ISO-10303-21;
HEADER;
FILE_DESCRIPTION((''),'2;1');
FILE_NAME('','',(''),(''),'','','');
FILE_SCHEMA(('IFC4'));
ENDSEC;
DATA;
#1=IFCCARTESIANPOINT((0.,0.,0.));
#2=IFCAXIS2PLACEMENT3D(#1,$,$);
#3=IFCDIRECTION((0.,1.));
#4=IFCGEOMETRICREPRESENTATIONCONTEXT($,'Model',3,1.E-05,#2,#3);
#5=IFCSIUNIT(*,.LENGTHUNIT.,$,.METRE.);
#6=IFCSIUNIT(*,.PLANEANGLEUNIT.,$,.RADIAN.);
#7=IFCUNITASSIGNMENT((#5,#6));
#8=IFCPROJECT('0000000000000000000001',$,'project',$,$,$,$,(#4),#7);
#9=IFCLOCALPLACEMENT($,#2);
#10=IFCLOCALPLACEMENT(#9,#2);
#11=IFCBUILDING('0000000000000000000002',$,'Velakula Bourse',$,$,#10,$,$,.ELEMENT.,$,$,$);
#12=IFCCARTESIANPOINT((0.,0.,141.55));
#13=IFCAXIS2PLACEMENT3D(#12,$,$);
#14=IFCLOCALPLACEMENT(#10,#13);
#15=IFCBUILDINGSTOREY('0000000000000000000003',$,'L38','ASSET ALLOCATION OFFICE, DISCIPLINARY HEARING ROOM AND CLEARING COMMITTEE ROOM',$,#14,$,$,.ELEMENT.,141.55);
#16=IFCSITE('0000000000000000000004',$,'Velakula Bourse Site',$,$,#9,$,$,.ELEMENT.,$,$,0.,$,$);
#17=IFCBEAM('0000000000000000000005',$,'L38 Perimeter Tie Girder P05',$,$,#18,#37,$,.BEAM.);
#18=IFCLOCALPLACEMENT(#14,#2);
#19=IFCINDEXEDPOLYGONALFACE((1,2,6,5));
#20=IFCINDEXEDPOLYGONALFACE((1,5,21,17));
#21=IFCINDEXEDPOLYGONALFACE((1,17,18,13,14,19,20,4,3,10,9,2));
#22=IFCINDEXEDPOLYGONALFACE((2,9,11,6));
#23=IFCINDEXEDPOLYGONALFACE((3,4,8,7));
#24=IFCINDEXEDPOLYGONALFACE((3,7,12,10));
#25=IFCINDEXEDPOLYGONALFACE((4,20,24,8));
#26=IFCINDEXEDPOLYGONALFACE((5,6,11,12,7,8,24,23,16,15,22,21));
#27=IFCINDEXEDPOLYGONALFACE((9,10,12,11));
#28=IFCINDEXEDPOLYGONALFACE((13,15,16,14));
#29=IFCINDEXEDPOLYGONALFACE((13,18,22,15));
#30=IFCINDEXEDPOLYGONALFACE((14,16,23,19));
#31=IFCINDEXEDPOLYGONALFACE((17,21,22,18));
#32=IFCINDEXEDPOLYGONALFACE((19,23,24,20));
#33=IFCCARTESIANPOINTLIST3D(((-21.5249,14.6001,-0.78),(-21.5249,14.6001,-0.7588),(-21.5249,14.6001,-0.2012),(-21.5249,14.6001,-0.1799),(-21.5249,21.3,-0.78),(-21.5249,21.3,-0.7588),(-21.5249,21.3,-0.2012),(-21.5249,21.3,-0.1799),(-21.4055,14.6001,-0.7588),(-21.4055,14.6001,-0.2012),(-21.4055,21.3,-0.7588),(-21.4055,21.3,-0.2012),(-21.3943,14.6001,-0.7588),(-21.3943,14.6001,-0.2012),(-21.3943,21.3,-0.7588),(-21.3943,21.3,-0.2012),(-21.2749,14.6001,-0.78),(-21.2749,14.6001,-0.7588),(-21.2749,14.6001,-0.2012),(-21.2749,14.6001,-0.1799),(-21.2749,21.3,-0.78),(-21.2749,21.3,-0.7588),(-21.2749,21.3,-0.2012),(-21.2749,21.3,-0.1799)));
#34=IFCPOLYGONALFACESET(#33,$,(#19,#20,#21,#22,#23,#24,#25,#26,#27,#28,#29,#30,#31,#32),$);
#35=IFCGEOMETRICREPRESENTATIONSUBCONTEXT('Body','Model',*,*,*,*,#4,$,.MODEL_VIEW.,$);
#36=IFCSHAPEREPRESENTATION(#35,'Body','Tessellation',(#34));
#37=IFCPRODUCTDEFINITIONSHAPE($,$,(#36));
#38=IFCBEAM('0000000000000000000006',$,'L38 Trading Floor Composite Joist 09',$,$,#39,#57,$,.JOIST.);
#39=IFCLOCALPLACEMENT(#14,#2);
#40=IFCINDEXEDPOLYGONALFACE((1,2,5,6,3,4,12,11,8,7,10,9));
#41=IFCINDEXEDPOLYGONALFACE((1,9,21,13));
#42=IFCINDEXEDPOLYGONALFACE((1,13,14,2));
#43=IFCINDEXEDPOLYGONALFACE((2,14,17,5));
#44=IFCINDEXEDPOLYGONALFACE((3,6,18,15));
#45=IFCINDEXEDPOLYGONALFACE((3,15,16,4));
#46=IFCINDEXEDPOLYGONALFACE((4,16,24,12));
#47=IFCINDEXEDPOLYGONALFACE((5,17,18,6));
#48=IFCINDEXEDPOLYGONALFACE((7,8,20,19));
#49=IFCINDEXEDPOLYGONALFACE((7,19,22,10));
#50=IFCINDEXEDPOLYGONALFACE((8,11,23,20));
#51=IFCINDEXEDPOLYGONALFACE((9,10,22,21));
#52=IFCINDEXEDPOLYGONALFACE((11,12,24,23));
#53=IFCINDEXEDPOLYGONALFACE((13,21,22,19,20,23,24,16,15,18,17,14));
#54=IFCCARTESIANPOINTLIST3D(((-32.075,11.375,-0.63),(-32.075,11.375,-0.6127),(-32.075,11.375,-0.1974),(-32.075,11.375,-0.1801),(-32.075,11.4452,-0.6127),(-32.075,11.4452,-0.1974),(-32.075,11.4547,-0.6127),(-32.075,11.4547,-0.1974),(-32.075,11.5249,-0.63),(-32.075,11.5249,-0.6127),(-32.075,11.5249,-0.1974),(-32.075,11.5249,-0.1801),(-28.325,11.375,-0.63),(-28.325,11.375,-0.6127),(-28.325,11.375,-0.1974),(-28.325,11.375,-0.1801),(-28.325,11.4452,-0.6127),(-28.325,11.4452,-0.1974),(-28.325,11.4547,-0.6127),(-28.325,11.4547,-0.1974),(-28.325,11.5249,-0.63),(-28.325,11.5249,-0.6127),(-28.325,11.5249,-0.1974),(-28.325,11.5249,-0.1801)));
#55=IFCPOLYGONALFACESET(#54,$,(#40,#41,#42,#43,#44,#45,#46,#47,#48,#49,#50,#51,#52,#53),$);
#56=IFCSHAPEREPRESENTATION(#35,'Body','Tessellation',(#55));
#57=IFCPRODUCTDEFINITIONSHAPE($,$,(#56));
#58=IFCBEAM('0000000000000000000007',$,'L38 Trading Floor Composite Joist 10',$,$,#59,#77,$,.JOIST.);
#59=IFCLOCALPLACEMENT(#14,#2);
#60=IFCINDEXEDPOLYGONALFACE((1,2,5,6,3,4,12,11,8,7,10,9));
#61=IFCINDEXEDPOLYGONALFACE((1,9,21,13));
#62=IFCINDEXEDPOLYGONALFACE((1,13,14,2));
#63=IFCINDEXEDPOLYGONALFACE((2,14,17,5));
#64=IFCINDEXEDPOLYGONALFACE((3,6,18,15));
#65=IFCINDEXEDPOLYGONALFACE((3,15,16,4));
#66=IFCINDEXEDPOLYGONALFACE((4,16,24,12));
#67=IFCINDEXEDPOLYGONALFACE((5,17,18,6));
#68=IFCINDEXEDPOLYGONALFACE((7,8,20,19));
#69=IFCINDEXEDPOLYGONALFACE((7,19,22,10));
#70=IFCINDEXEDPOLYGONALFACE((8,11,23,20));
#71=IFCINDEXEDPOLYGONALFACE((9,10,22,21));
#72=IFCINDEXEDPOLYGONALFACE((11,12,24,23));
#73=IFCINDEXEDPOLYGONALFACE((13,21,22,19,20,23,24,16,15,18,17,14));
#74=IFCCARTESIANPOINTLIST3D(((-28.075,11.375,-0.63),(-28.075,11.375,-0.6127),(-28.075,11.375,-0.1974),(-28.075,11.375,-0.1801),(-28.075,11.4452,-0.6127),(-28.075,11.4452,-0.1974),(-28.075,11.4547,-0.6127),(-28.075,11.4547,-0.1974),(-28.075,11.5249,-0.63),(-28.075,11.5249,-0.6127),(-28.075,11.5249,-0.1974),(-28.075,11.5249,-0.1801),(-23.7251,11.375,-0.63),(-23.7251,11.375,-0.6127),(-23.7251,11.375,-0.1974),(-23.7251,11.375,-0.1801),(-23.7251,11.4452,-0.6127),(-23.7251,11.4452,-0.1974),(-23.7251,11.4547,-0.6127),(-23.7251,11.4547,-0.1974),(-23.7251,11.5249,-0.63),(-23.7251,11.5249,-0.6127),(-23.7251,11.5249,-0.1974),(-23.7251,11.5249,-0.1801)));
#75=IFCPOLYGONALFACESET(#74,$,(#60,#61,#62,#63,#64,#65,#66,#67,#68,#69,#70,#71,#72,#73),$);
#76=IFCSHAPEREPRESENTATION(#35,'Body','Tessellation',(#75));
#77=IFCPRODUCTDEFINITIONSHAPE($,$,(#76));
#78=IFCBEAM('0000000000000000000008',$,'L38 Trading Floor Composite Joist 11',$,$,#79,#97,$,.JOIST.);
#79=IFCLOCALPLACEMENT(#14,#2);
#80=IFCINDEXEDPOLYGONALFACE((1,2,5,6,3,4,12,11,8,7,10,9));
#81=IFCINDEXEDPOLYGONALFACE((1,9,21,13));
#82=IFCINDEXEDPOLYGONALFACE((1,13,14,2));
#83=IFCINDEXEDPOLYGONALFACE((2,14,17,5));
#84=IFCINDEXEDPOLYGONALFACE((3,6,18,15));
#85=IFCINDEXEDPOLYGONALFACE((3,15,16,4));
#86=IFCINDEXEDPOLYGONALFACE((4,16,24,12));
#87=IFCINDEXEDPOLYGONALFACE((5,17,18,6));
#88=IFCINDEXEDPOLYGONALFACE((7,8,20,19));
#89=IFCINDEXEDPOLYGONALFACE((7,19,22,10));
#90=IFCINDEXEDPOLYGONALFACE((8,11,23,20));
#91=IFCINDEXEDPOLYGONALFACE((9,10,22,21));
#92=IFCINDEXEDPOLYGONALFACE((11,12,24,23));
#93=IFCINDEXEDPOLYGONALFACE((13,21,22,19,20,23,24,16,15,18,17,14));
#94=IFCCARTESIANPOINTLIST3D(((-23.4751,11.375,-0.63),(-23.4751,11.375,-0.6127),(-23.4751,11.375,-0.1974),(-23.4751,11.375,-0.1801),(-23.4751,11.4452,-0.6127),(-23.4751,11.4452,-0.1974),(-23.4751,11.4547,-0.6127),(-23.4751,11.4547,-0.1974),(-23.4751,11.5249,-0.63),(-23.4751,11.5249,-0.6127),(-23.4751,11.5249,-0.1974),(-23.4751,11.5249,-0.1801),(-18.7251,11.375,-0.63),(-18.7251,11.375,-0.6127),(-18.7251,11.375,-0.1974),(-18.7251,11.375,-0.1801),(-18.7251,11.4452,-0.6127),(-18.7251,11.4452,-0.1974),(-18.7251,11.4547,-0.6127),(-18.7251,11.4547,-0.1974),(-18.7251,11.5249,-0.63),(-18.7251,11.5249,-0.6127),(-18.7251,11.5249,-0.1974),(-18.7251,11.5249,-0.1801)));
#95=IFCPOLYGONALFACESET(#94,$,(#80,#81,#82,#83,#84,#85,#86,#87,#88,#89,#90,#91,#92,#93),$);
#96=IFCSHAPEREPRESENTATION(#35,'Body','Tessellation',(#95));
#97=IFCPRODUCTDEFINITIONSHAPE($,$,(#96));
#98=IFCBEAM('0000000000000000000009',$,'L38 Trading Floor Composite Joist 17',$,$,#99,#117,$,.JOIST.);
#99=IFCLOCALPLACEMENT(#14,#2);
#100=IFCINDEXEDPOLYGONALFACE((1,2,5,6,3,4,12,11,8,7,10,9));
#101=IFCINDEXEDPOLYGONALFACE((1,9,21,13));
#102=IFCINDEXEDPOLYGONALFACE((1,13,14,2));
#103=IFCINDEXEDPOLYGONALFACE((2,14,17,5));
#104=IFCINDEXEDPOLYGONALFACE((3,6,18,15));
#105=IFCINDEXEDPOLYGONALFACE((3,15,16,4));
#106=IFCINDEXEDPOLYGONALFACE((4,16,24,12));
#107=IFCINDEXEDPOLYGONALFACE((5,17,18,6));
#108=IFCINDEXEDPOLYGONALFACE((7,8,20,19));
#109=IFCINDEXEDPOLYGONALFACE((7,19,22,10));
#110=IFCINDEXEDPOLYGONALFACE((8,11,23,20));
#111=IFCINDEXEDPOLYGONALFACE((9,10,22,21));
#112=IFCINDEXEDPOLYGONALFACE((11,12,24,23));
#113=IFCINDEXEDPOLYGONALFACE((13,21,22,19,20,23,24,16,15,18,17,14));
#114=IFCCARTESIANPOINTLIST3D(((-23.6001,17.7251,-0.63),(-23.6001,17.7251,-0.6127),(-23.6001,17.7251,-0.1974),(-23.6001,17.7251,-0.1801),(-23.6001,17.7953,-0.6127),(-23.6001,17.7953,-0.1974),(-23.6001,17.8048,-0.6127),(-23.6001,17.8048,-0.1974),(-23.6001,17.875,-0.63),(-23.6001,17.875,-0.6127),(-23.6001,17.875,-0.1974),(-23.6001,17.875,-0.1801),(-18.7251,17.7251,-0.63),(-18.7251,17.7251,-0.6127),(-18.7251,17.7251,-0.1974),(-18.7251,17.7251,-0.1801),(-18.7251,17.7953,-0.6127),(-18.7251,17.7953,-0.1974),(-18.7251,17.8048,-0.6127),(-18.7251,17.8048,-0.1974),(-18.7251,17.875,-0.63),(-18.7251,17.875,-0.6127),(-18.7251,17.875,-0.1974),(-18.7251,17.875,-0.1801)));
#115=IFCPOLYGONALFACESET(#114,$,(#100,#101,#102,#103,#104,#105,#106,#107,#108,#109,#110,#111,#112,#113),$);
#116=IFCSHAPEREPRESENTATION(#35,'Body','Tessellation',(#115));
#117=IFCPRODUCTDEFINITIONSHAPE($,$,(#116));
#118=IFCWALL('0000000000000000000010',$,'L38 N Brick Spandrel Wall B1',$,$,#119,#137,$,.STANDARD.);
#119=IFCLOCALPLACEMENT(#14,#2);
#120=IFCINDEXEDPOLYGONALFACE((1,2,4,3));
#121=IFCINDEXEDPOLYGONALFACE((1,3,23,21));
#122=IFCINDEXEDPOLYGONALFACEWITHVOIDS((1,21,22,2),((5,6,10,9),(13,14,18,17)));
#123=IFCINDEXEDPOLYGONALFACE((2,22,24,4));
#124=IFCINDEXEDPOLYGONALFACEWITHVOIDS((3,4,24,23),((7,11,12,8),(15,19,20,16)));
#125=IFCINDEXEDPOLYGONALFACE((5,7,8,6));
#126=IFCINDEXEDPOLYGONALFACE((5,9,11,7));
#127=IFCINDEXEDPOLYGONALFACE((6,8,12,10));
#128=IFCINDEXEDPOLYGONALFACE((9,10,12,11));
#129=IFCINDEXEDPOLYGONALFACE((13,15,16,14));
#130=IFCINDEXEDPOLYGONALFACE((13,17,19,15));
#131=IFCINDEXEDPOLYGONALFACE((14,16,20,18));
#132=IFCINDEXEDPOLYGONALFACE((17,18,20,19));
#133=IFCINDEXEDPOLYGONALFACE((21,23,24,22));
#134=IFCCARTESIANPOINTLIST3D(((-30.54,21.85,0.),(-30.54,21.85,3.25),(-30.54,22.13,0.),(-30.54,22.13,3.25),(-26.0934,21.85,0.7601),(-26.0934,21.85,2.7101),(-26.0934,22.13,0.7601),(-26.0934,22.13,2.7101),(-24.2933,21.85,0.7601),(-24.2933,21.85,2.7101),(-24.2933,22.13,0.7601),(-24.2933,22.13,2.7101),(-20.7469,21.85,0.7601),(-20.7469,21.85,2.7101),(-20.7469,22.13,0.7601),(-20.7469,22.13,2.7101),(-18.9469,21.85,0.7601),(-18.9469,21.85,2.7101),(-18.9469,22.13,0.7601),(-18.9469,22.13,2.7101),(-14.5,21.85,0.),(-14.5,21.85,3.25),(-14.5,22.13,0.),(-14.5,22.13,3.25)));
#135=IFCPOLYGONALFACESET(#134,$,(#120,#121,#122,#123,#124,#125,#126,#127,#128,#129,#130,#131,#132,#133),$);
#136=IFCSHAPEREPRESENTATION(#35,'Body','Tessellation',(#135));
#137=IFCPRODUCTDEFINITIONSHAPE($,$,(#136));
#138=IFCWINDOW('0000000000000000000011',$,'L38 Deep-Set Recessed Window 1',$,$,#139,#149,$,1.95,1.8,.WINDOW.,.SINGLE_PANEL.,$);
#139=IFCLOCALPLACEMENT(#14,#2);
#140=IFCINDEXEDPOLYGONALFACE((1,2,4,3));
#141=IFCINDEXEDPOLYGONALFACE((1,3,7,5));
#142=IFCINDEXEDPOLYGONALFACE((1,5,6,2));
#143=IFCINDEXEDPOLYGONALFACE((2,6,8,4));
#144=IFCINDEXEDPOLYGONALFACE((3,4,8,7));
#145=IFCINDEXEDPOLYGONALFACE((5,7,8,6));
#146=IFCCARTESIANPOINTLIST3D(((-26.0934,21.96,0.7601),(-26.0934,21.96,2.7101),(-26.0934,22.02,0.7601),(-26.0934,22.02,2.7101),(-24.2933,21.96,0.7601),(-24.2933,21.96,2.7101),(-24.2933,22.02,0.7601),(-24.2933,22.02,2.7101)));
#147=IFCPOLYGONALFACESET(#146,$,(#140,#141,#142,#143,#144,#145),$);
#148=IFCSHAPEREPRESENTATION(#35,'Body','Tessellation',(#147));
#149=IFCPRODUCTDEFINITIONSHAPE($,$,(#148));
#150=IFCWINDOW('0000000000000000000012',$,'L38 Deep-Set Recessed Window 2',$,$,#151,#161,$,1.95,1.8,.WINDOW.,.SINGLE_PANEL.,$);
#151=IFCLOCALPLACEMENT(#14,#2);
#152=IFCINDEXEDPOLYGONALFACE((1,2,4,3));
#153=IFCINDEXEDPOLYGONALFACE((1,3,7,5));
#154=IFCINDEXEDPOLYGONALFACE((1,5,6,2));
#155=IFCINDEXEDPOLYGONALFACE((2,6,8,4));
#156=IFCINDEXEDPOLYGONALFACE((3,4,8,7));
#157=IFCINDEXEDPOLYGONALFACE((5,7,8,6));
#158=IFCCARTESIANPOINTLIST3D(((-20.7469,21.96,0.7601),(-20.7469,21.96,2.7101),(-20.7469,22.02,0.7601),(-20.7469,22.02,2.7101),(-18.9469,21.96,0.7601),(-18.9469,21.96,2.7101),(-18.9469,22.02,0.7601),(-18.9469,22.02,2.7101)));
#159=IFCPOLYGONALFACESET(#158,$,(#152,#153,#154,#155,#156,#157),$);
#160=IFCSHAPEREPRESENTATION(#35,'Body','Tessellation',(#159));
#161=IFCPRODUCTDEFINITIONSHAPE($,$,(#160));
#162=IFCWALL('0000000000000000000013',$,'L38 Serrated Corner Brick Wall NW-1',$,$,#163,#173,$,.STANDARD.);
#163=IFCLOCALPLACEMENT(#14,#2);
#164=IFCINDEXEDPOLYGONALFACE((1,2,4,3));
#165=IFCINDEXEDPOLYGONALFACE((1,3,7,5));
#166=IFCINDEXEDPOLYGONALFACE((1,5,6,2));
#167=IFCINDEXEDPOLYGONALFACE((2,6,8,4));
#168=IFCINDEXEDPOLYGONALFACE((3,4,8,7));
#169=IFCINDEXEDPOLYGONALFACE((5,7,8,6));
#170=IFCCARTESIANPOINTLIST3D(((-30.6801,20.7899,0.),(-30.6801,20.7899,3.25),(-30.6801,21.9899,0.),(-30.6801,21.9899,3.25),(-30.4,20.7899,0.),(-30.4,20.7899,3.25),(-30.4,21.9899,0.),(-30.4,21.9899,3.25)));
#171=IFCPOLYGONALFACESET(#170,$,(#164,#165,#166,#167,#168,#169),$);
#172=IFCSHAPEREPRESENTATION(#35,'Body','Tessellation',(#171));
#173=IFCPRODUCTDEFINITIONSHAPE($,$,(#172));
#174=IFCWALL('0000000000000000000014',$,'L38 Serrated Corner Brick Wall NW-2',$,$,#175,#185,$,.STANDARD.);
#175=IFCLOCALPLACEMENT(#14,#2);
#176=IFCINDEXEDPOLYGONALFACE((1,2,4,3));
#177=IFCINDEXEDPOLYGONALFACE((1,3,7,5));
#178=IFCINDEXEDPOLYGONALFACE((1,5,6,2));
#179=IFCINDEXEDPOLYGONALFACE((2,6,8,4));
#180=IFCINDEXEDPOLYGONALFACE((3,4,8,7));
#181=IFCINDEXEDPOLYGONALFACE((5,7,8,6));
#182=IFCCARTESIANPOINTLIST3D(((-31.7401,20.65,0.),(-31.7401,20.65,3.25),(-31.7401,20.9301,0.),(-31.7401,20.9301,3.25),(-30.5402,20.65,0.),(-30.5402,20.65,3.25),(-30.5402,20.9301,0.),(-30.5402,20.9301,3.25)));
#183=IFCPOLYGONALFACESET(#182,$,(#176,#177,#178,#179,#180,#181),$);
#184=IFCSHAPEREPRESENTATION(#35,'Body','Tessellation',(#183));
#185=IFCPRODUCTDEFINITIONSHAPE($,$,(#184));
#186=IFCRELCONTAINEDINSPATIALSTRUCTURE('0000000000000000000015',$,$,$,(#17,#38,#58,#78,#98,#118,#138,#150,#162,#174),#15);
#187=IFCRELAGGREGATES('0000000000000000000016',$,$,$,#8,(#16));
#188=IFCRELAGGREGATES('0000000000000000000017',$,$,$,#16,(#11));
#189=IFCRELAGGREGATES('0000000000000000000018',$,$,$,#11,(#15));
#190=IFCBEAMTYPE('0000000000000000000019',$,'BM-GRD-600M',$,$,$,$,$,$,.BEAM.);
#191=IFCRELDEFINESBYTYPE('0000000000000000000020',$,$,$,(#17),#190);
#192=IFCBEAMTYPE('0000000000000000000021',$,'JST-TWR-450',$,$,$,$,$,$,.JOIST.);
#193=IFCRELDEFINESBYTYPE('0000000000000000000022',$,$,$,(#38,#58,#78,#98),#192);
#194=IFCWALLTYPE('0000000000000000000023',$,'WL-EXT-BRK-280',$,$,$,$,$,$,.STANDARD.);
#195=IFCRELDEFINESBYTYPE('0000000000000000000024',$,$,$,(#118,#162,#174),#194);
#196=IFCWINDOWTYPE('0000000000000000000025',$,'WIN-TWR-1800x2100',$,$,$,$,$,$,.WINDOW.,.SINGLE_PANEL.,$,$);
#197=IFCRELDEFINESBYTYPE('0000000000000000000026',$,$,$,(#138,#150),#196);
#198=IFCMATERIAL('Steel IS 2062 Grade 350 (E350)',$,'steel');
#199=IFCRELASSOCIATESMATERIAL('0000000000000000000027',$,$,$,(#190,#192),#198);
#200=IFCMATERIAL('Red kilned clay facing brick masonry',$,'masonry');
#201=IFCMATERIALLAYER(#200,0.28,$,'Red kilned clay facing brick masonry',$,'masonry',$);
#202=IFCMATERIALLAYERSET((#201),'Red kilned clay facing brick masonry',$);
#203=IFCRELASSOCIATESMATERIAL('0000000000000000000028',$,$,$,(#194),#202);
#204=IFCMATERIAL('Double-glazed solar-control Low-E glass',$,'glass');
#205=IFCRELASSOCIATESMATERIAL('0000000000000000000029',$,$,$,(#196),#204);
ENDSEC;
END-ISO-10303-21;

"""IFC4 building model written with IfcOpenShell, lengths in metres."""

from ifc_helpers import new_model, si_unit, direction, frame, frame_2d, origin, origin_2d, place, context, subcontext, project, spatial, rectangle, i_section, extrude, material, layer, layer_set, material_profile, profile_set, type_object, element, fill, save


model = new_model("IFC4")

# Units and contexts
model_context = context("Model", 3, precision=1e-05, world=origin(), true_north=direction((0.0, 1.0)))
body_context = subcontext(model_context, "Body", "Model", "MODEL_VIEW")
ifc_project = project(units=[si_unit("LENGTHUNIT", "METRE"), si_unit("PLANEANGLEUNIT", "RADIAN")], contexts=[model_context])

# Site, building, storey
site_placement = place(None, origin())
site = spatial("IfcSite", under=ifc_project, at=site_placement, Name="Velakula Bourse Site", CompositionType="ELEMENT", RefElevation=0.0)
building_placement = place(site_placement, origin())
building = spatial("IfcBuilding", under=site, at=building_placement, Name="Velakula Bourse", CompositionType="ELEMENT")
storey_placement = place(building_placement, frame((0.0, 0.0, 141.55)))
storey = spatial("IfcBuildingStorey", under=building, at=storey_placement, Name="L38", Description="ASSET ALLOCATION OFFICE, DISCIPLINARY HEARING ROOM AND CLEARING COMMITTEE ROOM", CompositionType="ELEMENT", Elevation=141.55)

# Shared definitions
ifc_material_1 = material(Name="Steel IS 2062 Grade 350 (E350)", Category="steel")

# Beams
ifc_material_profile_1 = material_profile(ifc_material_1, i_section(OverallWidth=0.25, OverallDepth=0.6001, WebThickness=0.0112, FlangeThickness=0.0212, at=origin_2d()), Name="Steel IS 2062 Grade 350 (E350)")
ifc_profile_set_1 = profile_set([ifc_material_profile_1], Name="Steel IS 2062 Grade 350 (E350)")
beam_type_1 = type_object("IfcBeamType", Name="BM-GRD-600M", PredefinedType="BEAM", material=ifc_profile_set_1)
beam_1_placement = place(storey_placement, frame((-21.3999, 14.6001, -0.48), z_axis=(0.0, 1.0, 0.0), x_axis=(-1.0, 0.0, 0.0)))
element("IfcBeam", 1, at=beam_1_placement, inside=storey, type_object=beam_type_1, Name="L38 Perimeter Tie Girder P05", PredefinedType="BEAM", context=body_context, shape_type="SweptSolid", body=[
    extrude(i_section(OverallWidth=0.25, OverallDepth=0.6001, WebThickness=0.0112, FlangeThickness=0.0212, at=origin_2d()), origin(), (0.0, 0.0, 1.0), 6.7),
])
ifc_material_profile_2 = material_profile(ifc_material_1, i_section(OverallWidth=0.1499, OverallDepth=0.45, WebThickness=0.0095, FlangeThickness=0.0173, at=origin_2d()), Name="Steel IS 2062 Grade 350 (E350)")
ifc_profile_set_2 = profile_set([ifc_material_profile_2], Name="Steel IS 2062 Grade 350 (E350)")
beam_type_2 = type_object("IfcBeamType", Name="JST-TWR-450", PredefinedType="JOIST", material=ifc_profile_set_2)
beam_2_placement = place(storey_placement, frame((-32.075, 11.45, -0.405), z_axis=(1.0, 0.0, 0.0), x_axis=(0.0, 1.0, 0.0)))
element("IfcBeam", 2, at=beam_2_placement, inside=storey, type_object=beam_type_2, Name="L38 Trading Floor Composite Joist 09", PredefinedType="JOIST", context=body_context, shape_type="SweptSolid", body=[
    extrude(i_section(OverallWidth=0.1499, OverallDepth=0.45, WebThickness=0.0095, FlangeThickness=0.0173, at=origin_2d()), origin(), (0.0, 0.0, 1.0), 3.75),
])
beam_3_placement = place(storey_placement, frame((-28.075, 11.45, -0.405), z_axis=(1.0, 0.0, 0.0), x_axis=(0.0, 1.0, 0.0)))
element("IfcBeam", 3, at=beam_3_placement, inside=storey, type_object=beam_type_2, Name="L38 Trading Floor Composite Joist 10", PredefinedType="JOIST", context=body_context, shape_type="SweptSolid", body=[
    extrude(i_section(OverallWidth=0.1499, OverallDepth=0.45, WebThickness=0.0095, FlangeThickness=0.0173, at=origin_2d()), origin(), (0.0, 0.0, 1.0), 4.3499),
])
beam_4_placement = place(storey_placement, frame((-23.4751, 11.45, -0.405), z_axis=(1.0, 0.0, 0.0), x_axis=(0.0, 1.0, 0.0)))
element("IfcBeam", 4, at=beam_4_placement, inside=storey, type_object=beam_type_2, Name="L38 Trading Floor Composite Joist 11", PredefinedType="JOIST", context=body_context, shape_type="SweptSolid", body=[
    extrude(i_section(OverallWidth=0.1499, OverallDepth=0.45, WebThickness=0.0095, FlangeThickness=0.0173, at=origin_2d()), origin(), (0.0, 0.0, 1.0), 4.75),
])
beam_5_placement = place(storey_placement, frame((-23.6001, 17.8, -0.405), z_axis=(1.0, 0.0, 0.0), x_axis=(0.0, 1.0, 0.0)))
element("IfcBeam", 5, at=beam_5_placement, inside=storey, type_object=beam_type_2, Name="L38 Trading Floor Composite Joist 17", PredefinedType="JOIST", context=body_context, shape_type="SweptSolid", body=[
    extrude(i_section(OverallWidth=0.1499, OverallDepth=0.45, WebThickness=0.0095, FlangeThickness=0.0173, at=origin_2d()), origin(), (0.0, 0.0, 1.0), 4.875),
])

# Wall, openings, windows
ifc_material_2 = material(Name="Red kilned clay facing brick masonry", Category="masonry")
ifc_layer_1 = layer(ifc_material_2, 0.28, Name="Red kilned clay facing brick masonry", Category="masonry")
ifc_layer_set_1 = layer_set([ifc_layer_1], Name="Red kilned clay facing brick masonry")
wall_type_1 = type_object("IfcWallType", Name="WL-EXT-BRK-280", PredefinedType="STANDARD", material=ifc_layer_set_1)
wall_1_placement = place(storey_placement, frame((-30.54, 21.99, 0.0), z_axis=(0.0, 0.0, 1.0), x_axis=(1.0, 0.0, 0.0)))
wall_1 = element("IfcWall", 6, at=wall_1_placement, inside=storey, type_object=wall_type_1, Name="L38 N Brick Spandrel Wall B1", PredefinedType="STANDARD", context=body_context, shape_type="SweptSolid", body=[
    extrude(rectangle(XDim=16.04, YDim=0.28, at=frame_2d((8.02, 0.0))), origin(), (0.0, 0.0, 1.0), 3.25),
])
opening_1_placement = place(wall_1_placement, frame((4.4468, 0.0, 0.76)))
opening_1 = element("IfcOpeningElement", 7, at=opening_1_placement, cuts=wall_1, PredefinedType="OPENING", context=body_context, shape_type="SweptSolid", body=[
    extrude(rectangle(XDim=1.8, YDim=1.95, at=frame_2d((0.8999, 0.9751))), frame((0.0, 0.1499, 0.0), z_axis=(0.0, -1.0, 0.0), x_axis=(1.0, 0.0, 0.0)), (0.0, 0.0, 1.0), 0.3),
])
opening_2_placement = place(wall_1_placement, frame((9.7932, 0.0, 0.76)))
opening_2 = element("IfcOpeningElement", 8, at=opening_2_placement, cuts=wall_1, PredefinedType="OPENING", context=body_context, shape_type="SweptSolid", body=[
    extrude(rectangle(XDim=1.8, YDim=1.95, at=frame_2d((0.8999, 0.9751))), frame((0.0, 0.1499, 0.0), z_axis=(0.0, -1.0, 0.0), x_axis=(1.0, 0.0, 0.0)), (0.0, 0.0, 1.0), 0.3),
])
ifc_material_3 = material(Name="Double-glazed solar-control Low-E glass", Category="glass")
window_type = type_object("IfcWindowType", Name="WIN-TWR-1800x2100", PartitioningType="SINGLE_PANEL", PredefinedType="WINDOW", material=ifc_material_3)
window_1_placement = place(opening_1_placement, origin())
window_1 = element("IfcWindow", 9, at=window_1_placement, inside=storey, type_object=window_type, Name="L38 Deep-Set Recessed Window 1", OverallHeight=1.95, OverallWidth=1.8, PartitioningType="SINGLE_PANEL", PredefinedType="WINDOW", context=body_context, shape_type="SweptSolid", body=[
    extrude(rectangle(XDim=1.8, YDim=1.95, at=frame_2d((0.8999, 0.9751))), frame((0.0, 0.03, 0.0), z_axis=(0.0, -1.0, 0.0), x_axis=(1.0, 0.0, 0.0)), (0.0, 0.0, 1.0), 0.0601),
])
fill(opening_1, window_1)
window_2_placement = place(opening_2_placement, origin())
window_2 = element("IfcWindow", 10, at=window_2_placement, inside=storey, type_object=window_type, Name="L38 Deep-Set Recessed Window 2", OverallHeight=1.95, OverallWidth=1.8, PartitioningType="SINGLE_PANEL", PredefinedType="WINDOW", context=body_context, shape_type="SweptSolid", body=[
    extrude(rectangle(XDim=1.8, YDim=1.95, at=frame_2d((0.8999, 0.9751))), frame((0.0, 0.03, 0.0), z_axis=(0.0, -1.0, 0.0), x_axis=(1.0, 0.0, 0.0)), (0.0, 0.0, 1.0), 0.0601),
])
fill(opening_2, window_2)

# Walls
for number, where, z_axis, x_axis, name in (
    (11, (-30.54, 21.99, 0.0), (0.0, 0.0, 1.0), (0.0, -1.0, 0.0), "L38 Serrated Corner Brick Wall NW-1"),
    (12, (-30.54, 20.79, 0.0), (0.0, 0.0, 1.0), (-1.0, 0.0, 0.0), "L38 Serrated Corner Brick Wall NW-2"),
):
    element("IfcWall", number, at=place(storey_placement, frame(where, z_axis=z_axis, x_axis=x_axis)), inside=storey, type_object=wall_type_1, Name=name, PredefinedType="STANDARD", context=body_context, shape_type="SweptSolid", body=[
        extrude(rectangle(XDim=1.2, YDim=0.28, at=frame_2d((0.6001, 0.0))), origin(), (0.0, 0.0, 1.0), 3.25),
    ])

save(model, "model.ifc")
